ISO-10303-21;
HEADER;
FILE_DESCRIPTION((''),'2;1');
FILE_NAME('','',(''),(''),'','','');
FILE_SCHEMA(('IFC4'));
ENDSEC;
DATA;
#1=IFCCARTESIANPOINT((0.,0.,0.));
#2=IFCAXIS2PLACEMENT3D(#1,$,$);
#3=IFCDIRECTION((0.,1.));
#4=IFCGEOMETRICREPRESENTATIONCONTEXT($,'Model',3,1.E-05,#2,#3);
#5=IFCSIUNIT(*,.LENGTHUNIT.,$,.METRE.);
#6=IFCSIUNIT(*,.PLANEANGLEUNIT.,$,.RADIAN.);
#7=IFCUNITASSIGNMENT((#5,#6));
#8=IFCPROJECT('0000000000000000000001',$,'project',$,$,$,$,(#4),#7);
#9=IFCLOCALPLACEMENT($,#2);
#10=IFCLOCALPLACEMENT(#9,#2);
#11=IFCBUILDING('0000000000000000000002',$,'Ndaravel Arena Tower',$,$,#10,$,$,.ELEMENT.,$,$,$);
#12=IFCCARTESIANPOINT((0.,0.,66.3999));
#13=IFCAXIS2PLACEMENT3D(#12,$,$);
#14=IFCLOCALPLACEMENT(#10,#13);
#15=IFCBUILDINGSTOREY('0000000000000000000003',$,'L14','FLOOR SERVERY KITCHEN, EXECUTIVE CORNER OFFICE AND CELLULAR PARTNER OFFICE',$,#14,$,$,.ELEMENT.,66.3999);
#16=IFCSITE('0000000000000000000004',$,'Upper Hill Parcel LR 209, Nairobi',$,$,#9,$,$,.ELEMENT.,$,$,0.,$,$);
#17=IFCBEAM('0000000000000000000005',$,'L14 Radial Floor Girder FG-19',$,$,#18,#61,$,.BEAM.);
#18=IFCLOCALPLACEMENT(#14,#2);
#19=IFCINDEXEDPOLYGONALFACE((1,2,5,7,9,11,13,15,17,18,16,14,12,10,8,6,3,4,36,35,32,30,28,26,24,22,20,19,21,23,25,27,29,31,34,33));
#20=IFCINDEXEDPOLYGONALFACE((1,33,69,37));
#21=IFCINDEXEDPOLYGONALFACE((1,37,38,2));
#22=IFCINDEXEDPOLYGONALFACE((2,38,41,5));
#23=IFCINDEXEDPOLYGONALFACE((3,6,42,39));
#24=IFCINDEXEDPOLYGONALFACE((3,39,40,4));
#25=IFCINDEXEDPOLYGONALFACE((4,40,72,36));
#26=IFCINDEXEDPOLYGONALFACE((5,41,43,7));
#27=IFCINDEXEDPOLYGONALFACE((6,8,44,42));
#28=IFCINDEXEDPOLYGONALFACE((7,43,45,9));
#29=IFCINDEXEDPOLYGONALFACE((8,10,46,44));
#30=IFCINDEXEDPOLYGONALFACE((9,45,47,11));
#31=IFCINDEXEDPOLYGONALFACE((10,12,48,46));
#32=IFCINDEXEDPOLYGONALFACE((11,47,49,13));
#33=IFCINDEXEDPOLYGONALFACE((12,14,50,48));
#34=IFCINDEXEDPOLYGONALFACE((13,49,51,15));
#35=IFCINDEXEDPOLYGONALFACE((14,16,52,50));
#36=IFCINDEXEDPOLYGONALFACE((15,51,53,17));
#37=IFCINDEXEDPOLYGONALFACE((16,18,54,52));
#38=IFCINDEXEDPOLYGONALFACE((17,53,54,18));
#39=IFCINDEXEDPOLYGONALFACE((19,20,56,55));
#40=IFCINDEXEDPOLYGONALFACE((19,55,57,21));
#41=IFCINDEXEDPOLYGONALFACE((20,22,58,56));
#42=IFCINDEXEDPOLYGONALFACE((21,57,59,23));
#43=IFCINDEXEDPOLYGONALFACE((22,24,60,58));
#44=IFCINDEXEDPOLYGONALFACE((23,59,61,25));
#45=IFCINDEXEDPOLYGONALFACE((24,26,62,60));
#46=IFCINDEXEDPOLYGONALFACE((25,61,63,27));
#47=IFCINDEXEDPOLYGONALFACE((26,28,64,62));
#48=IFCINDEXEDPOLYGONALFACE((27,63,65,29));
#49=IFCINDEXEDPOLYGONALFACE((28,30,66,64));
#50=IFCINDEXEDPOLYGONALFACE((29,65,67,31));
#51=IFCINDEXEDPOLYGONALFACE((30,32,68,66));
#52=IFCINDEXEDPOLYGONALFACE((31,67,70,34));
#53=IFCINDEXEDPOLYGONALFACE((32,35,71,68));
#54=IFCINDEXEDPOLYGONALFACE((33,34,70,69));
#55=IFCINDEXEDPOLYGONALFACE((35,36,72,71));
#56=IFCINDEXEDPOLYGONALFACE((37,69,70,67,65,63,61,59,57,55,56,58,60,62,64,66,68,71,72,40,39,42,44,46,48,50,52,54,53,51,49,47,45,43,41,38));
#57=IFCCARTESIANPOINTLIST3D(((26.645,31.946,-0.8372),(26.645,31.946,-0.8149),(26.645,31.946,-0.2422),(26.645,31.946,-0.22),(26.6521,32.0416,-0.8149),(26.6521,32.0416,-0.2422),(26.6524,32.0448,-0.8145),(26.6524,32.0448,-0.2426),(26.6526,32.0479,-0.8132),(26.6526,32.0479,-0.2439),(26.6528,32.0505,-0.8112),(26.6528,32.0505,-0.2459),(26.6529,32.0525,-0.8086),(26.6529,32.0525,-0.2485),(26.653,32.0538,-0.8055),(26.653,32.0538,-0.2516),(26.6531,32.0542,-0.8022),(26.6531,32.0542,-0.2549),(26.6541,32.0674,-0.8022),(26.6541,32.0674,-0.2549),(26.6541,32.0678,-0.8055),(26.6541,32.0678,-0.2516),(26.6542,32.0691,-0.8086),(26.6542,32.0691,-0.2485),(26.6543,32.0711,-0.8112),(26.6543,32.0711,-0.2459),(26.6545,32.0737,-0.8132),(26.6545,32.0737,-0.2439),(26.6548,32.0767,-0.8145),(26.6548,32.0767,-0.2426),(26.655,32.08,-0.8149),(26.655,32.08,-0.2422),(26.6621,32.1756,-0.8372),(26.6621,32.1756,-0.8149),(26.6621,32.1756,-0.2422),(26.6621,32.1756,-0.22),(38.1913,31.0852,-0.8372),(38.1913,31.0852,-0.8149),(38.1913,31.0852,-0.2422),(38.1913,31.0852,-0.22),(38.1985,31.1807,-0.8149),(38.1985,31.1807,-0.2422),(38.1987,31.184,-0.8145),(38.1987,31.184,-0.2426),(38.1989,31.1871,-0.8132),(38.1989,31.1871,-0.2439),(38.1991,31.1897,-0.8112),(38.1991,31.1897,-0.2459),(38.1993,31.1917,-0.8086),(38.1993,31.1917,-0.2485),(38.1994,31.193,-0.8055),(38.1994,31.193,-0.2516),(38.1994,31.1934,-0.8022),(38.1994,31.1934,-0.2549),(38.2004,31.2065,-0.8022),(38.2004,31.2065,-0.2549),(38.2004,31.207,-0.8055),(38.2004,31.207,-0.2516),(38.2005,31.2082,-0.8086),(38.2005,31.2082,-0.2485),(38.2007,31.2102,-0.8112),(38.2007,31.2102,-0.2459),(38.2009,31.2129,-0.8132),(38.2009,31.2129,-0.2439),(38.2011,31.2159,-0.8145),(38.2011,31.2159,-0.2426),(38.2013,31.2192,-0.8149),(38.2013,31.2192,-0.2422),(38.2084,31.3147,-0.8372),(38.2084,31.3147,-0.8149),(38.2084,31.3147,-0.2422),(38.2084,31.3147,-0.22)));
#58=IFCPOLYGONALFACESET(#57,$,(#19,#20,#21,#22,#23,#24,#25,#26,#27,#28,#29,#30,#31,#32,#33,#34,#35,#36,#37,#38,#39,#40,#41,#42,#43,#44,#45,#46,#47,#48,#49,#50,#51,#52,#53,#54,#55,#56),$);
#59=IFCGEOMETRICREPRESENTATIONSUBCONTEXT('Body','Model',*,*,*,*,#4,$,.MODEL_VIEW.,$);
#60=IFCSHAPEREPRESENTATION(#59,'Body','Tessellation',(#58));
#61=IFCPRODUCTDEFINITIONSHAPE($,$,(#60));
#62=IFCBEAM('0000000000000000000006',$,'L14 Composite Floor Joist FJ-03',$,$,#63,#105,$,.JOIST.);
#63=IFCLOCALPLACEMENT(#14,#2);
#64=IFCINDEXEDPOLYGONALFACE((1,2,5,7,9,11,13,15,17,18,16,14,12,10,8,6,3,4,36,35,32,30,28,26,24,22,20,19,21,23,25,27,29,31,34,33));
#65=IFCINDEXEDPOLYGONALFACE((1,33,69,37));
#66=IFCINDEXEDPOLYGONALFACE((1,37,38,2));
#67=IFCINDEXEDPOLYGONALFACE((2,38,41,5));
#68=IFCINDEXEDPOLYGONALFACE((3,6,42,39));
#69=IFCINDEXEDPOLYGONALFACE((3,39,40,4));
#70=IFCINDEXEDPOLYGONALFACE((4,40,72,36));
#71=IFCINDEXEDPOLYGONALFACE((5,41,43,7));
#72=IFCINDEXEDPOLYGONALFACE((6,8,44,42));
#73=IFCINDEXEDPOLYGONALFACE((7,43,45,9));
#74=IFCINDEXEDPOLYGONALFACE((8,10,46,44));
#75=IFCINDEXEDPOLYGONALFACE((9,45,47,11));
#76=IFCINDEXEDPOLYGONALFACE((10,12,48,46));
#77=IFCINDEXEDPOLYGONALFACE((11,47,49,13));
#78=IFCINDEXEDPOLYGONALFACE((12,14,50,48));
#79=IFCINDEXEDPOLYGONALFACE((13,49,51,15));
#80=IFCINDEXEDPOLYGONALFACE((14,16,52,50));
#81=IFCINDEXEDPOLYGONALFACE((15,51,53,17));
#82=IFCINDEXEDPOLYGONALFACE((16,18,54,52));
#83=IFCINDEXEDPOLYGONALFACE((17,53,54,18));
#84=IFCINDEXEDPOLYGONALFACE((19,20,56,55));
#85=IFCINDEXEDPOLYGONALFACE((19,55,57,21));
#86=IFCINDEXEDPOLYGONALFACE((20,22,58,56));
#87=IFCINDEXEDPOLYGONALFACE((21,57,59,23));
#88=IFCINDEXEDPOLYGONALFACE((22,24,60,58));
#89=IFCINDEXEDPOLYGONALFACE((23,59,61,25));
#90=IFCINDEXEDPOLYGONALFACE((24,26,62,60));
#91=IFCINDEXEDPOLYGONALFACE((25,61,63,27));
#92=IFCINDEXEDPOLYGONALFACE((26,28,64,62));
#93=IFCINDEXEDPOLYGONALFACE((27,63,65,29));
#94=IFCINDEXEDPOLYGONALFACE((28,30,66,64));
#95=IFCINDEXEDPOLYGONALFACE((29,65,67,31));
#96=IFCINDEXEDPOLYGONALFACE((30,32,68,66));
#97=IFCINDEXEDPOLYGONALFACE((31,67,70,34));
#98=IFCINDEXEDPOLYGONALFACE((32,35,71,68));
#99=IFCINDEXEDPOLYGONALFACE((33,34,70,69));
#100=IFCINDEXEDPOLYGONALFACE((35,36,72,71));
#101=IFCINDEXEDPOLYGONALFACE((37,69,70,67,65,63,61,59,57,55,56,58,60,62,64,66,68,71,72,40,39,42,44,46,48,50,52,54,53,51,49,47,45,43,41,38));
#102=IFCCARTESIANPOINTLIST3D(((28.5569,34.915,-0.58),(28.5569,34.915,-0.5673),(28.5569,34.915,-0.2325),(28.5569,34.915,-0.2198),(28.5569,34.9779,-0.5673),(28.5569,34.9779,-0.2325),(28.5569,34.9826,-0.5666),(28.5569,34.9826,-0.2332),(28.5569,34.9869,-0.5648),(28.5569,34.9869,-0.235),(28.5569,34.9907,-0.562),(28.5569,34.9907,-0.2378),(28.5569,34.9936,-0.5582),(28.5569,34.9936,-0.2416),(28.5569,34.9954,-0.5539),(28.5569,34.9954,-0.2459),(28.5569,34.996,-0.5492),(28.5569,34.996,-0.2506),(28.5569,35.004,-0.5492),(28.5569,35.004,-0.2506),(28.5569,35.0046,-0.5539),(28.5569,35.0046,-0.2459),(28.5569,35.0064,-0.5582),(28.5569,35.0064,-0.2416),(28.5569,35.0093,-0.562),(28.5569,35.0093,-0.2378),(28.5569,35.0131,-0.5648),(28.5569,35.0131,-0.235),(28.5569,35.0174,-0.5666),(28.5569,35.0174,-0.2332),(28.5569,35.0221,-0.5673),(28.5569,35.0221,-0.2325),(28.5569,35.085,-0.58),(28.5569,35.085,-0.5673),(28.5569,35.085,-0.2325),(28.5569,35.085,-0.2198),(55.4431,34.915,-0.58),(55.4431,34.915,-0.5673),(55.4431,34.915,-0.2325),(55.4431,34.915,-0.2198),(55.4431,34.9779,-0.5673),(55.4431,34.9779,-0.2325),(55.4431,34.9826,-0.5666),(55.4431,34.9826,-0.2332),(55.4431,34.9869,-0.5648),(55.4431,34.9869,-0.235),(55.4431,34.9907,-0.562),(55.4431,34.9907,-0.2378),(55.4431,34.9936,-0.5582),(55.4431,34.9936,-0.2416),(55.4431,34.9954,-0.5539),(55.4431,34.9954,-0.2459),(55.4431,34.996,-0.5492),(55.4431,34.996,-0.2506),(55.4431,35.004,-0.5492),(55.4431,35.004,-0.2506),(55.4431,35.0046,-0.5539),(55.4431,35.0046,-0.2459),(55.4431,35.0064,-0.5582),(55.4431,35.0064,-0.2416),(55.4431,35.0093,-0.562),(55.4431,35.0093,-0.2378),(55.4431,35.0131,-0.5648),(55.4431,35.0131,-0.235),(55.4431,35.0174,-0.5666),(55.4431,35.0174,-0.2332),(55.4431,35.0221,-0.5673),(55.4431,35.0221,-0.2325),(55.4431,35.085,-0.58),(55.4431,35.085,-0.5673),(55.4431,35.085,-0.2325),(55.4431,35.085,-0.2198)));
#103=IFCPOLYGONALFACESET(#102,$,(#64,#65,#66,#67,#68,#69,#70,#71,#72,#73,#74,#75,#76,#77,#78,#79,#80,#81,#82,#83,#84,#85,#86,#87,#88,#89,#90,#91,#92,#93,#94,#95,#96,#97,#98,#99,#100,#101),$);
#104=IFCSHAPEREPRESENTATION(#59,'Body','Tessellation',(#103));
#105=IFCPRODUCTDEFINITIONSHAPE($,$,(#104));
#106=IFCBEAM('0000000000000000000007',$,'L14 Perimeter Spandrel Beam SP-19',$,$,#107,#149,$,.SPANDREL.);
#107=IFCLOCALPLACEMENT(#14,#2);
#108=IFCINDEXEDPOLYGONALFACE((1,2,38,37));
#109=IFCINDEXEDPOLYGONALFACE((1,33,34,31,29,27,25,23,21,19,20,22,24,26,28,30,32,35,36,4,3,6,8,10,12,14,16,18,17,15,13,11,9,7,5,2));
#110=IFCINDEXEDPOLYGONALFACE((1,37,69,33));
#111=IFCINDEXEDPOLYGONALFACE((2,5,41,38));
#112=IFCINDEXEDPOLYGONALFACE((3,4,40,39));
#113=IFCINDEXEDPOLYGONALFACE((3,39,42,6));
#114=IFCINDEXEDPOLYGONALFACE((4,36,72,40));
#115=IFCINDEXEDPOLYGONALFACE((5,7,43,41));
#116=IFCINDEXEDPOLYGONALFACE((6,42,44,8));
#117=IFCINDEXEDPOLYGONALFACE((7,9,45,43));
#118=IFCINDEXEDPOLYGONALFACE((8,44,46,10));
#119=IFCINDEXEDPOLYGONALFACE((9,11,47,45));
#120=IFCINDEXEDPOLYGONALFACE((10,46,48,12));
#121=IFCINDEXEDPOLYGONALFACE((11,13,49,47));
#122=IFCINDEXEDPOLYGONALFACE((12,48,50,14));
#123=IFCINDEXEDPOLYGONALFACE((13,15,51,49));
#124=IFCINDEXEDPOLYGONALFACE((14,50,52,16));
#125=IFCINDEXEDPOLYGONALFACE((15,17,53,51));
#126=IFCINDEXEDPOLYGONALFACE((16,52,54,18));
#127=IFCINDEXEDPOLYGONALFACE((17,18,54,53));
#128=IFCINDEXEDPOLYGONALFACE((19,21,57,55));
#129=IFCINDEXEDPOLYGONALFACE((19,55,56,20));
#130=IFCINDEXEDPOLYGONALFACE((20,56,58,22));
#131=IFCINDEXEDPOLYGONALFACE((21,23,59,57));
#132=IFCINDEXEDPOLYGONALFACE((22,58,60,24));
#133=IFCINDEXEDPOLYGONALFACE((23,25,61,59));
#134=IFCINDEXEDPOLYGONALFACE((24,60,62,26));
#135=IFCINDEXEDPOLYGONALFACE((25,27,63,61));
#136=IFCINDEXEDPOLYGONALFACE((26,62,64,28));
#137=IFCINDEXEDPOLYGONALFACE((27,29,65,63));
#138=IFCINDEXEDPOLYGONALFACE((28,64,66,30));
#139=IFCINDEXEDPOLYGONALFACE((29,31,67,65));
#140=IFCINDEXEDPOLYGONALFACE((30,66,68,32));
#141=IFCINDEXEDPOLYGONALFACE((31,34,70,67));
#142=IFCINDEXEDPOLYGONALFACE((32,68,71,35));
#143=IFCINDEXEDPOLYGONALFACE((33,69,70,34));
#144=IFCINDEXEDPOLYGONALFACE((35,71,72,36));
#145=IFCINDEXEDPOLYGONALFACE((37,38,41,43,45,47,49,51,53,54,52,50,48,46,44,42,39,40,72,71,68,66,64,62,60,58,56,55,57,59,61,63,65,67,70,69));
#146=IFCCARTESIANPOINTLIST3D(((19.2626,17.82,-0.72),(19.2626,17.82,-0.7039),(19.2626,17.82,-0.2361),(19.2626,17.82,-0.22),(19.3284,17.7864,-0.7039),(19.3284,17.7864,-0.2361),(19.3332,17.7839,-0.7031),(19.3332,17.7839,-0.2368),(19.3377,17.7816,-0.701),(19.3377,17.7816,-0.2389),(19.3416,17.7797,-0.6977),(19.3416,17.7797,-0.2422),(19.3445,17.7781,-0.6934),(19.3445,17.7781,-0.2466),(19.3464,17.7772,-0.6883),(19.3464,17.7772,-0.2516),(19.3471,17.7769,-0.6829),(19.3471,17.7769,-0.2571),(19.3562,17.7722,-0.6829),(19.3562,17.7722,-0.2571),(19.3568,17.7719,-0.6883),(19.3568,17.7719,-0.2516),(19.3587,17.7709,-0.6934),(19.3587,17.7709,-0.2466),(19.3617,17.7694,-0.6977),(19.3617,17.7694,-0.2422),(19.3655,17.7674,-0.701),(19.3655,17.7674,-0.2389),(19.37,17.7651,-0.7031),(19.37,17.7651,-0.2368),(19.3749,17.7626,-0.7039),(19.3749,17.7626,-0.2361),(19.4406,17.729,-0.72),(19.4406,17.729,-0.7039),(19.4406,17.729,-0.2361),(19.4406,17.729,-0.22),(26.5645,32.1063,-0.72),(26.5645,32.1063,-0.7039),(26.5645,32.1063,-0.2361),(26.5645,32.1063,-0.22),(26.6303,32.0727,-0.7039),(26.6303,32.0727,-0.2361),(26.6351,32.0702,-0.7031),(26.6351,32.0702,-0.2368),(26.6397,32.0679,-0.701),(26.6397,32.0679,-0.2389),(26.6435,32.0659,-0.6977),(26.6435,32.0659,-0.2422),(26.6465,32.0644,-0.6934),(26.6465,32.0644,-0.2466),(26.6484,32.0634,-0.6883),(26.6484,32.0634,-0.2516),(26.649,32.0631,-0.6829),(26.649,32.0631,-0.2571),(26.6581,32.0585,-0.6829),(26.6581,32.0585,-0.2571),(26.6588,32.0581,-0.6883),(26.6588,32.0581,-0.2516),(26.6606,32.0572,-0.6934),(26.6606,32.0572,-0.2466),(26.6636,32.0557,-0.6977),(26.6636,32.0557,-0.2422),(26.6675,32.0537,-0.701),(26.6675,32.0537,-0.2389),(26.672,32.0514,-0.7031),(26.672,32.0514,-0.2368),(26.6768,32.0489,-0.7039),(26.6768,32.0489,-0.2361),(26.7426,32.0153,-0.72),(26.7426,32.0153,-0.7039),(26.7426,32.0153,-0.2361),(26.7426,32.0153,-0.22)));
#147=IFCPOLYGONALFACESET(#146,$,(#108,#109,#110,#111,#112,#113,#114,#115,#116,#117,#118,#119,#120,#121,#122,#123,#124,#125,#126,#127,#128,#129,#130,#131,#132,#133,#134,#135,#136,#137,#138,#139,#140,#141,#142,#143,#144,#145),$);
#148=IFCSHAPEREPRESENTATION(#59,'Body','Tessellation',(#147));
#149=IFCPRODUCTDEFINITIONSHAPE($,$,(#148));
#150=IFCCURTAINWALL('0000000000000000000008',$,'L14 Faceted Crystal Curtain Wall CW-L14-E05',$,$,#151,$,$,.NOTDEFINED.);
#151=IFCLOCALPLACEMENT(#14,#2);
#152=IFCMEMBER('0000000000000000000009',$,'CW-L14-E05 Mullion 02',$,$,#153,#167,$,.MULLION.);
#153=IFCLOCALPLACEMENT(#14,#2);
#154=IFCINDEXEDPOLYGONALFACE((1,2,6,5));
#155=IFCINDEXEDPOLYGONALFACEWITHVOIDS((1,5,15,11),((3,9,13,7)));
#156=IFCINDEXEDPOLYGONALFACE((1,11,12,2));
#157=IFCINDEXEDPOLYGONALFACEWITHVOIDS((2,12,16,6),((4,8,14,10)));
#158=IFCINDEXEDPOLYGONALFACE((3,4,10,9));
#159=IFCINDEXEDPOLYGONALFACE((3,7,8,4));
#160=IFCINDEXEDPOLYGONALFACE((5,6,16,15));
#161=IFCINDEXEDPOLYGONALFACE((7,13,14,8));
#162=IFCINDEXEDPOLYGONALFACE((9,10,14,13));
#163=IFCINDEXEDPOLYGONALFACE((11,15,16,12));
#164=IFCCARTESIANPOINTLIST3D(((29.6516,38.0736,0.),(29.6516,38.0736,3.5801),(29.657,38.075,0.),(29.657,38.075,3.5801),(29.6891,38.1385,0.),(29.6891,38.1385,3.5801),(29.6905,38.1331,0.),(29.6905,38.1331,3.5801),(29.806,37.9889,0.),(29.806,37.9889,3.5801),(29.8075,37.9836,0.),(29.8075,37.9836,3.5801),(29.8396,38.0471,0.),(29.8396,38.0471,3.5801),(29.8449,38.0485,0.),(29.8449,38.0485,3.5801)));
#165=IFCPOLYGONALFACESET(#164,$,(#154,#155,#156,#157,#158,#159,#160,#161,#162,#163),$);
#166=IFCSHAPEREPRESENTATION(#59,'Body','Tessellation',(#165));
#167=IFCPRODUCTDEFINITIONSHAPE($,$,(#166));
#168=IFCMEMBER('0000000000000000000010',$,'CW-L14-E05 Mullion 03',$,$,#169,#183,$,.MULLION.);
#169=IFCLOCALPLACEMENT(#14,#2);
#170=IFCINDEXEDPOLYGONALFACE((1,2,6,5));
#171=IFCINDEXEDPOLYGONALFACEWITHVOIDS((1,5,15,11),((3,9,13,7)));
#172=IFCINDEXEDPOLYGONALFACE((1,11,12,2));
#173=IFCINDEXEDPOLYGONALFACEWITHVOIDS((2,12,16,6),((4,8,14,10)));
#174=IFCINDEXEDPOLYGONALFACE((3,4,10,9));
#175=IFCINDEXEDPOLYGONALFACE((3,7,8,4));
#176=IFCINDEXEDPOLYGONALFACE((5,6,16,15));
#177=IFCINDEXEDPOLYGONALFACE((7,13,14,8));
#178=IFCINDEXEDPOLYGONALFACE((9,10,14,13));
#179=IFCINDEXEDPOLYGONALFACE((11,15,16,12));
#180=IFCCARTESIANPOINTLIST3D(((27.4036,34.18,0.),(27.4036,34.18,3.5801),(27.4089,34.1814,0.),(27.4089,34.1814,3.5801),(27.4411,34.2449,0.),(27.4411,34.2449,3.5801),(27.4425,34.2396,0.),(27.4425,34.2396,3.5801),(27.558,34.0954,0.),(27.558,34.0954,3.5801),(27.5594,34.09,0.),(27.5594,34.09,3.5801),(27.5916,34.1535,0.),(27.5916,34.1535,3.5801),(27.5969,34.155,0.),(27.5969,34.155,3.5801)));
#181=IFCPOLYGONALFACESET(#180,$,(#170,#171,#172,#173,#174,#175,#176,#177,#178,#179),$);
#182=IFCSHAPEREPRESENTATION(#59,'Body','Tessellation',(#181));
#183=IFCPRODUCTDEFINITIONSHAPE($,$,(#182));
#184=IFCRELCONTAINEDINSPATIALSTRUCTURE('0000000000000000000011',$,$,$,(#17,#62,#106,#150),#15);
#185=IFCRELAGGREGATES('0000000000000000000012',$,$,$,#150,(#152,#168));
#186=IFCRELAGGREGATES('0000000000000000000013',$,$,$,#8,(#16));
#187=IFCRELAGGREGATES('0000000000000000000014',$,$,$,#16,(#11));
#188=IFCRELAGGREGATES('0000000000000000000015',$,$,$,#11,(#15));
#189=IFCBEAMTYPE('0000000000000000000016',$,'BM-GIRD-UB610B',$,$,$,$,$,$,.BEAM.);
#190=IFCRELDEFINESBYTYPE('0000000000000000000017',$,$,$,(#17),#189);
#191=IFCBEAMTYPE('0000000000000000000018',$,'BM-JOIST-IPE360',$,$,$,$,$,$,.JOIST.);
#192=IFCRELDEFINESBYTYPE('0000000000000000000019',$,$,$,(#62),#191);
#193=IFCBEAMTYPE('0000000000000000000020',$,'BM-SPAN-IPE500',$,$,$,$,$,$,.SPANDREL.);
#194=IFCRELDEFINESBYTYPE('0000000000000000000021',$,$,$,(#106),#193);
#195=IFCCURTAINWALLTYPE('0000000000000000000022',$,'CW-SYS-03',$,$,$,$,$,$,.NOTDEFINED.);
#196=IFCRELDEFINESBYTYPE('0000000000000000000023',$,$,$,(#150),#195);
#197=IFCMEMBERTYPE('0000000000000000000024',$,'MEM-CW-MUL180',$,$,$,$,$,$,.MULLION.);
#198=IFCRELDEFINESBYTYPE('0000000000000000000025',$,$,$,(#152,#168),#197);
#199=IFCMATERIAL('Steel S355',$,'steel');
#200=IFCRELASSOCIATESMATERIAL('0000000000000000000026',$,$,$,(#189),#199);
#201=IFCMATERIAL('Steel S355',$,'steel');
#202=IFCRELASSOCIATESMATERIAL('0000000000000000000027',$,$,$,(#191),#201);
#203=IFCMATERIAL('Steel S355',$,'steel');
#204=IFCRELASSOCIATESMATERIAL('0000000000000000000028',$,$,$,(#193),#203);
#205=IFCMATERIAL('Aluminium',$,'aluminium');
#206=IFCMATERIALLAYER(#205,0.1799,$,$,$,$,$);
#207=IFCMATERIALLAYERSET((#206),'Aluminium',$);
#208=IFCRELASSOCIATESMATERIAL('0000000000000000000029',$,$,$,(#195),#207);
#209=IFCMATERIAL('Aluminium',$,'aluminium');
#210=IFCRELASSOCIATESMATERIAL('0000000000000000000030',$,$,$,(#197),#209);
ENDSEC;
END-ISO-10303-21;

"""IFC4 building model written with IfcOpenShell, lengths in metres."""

from ifc_helpers import new_model, si_unit, direction, frame, origin, origin_2d, place, context, subcontext, project, spatial, hollow_rectangle, i_section, extrude, material, layer, layer_set, material_profile, profile_set, type_object, element, aggregate, save


model = new_model("IFC4")

# Units and contexts
model_context = context("Model", 3, precision=1e-05, world=origin(), true_north=direction((0.0, 1.0)))
body_context = subcontext(model_context, "Body", "Model", "MODEL_VIEW")
ifc_project = project(units=[si_unit("LENGTHUNIT", "METRE"), si_unit("PLANEANGLEUNIT", "RADIAN")], contexts=[model_context])

# Site, building, storey
site_placement = place(None, origin())
site = spatial("IfcSite", under=ifc_project, at=site_placement, Name="Upper Hill Parcel LR 209, Nairobi", CompositionType="ELEMENT", RefElevation=0.0)
building_placement = place(site_placement, origin())
building = spatial("IfcBuilding", under=site, at=building_placement, Name="Ndaravel Arena Tower", CompositionType="ELEMENT")
storey_placement = place(building_placement, frame((0.0, 0.0, 66.3999)))
storey = spatial("IfcBuildingStorey", under=building, at=storey_placement, Name="L14", Description="FLOOR SERVERY KITCHEN, EXECUTIVE CORNER OFFICE AND CELLULAR PARTNER OFFICE", CompositionType="ELEMENT", Elevation=66.3999)

# Beams
ifc_material_1 = material(Name="Steel S355", Category="steel")
ifc_material_profile_1 = material_profile(ifc_material_1, i_section(OverallWidth=0.2302, OverallDepth=0.6172, WebThickness=0.0132, FlangeThickness=0.0222, FilletRadius=0.0127, at=origin_2d()), Name="UB 610x229x140")
ifc_profile_set_1 = profile_set([ifc_material_profile_1], Name="Steel S355")
beam_type_1 = type_object("IfcBeamType", Name="BM-GIRD-UB610B", PredefinedType="BEAM", material=ifc_profile_set_1)
beam_1_placement = place(storey_placement, frame((26.6536, 32.0608, -0.5286), z_axis=(0.997232, -0.074349, 0.0), x_axis=(0.074349, 0.997232, 0.0)))
element("IfcBeam", 1, at=beam_1_placement, inside=storey, type_object=beam_type_1, Name="L14 Radial Floor Girder FG-19", PredefinedType="BEAM", context=body_context, shape_type="SweptSolid", body=[
    extrude(i_section(OverallWidth=0.2302, OverallDepth=0.6172, WebThickness=0.0132, FlangeThickness=0.0222, FilletRadius=0.0127, at=origin_2d()), origin(), (0.0, 0.0, 1.0), 11.5784),
])
ifc_material_2 = material(Name="Steel S355", Category="steel")
ifc_material_profile_2 = material_profile(ifc_material_2, i_section(OverallWidth=0.1699, OverallDepth=0.3601, WebThickness=0.0081, FlangeThickness=0.0127, FilletRadius=0.0181, at=origin_2d()), Name="IPE 360")
ifc_profile_set_2 = profile_set([ifc_material_profile_2], Name="Steel S355")
beam_type_2 = type_object("IfcBeamType", Name="BM-JOIST-IPE360", PredefinedType="JOIST", material=ifc_profile_set_2)
beam_2_placement = place(storey_placement, frame((28.5569, 35.0, -0.3999), z_axis=(1.0, 0.0, 0.0), x_axis=(0.0, 1.0, 0.0)))
element("IfcBeam", 2, at=beam_2_placement, inside=storey, type_object=beam_type_2, Name="L14 Composite Floor Joist FJ-03", PredefinedType="JOIST", context=body_context, shape_type="SweptSolid", body=[
    extrude(i_section(OverallWidth=0.1699, OverallDepth=0.3601, WebThickness=0.0081, FlangeThickness=0.0127, FilletRadius=0.0181, at=origin_2d()), origin(), (0.0, 0.0, 1.0), 26.8862),
])
ifc_material_3 = material(Name="Steel S355", Category="steel")
ifc_material_profile_3 = material_profile(ifc_material_3, i_section(OverallWidth=0.2, OverallDepth=0.5, WebThickness=0.0103, FlangeThickness=0.0161, FilletRadius=0.021, at=origin_2d()), Name="IPE 500")
ifc_profile_set_3 = profile_set([ifc_material_profile_3], Name="Steel S355")
beam_type_3 = type_object("IfcBeamType", Name="BM-SPAN-IPE500", PredefinedType="SPANDREL", material=ifc_profile_set_3)
beam_3_placement = place(storey_placement, frame((26.6536, 32.0608, -0.47), z_axis=(-0.455115, -0.890433, 0.0), x_axis=(0.890433, -0.455115, 0.0)))
element("IfcBeam", 3, at=beam_3_placement, inside=storey, type_object=beam_type_3, Name="L14 Perimeter Spandrel Beam SP-19", PredefinedType="SPANDREL", context=body_context, shape_type="SweptSolid", body=[
    extrude(i_section(OverallWidth=0.2, OverallDepth=0.5, WebThickness=0.0103, FlangeThickness=0.0161, FilletRadius=0.021, at=origin_2d()), origin(), (0.0, 0.0, 1.0), 16.0442),
])

# Curtain wall, members
ifc_material_4 = material(Name="Aluminium", Category="aluminium")
ifc_layer_1 = layer(ifc_material_4, 0.1799)
ifc_layer_set_1 = layer_set([ifc_layer_1], Name="Aluminium")
curtain_wall_type = type_object("IfcCurtainWallType", Name="CW-SYS-03", PredefinedType="NOTDEFINED", material=ifc_layer_set_1)
curtain_wall_placement = place(storey_placement, origin())
curtain_wall = element("IfcCurtainWall", 4, at=curtain_wall_placement, inside=storey, type_object=curtain_wall_type, Name="L14 Faceted Crystal Curtain Wall CW-L14-E05", PredefinedType="NOTDEFINED")
ifc_material_5 = material(Name="Aluminium", Category="aluminium")
ifc_material_profile_4 = material_profile(ifc_material_5, hollow_rectangle(XDim=0.075, YDim=0.1799, WallThickness=0.0039, at=origin_2d()), Name="CW MULLION 75x180x4")
ifc_profile_set_4 = profile_set([ifc_material_profile_4], Name="Aluminium")
member_type = type_object("IfcMemberType", Name="MEM-CW-MUL180", PredefinedType="MULLION", material=ifc_profile_set_4)
member_1_placement = place(storey_placement, frame((29.7483, 38.061, 0.0), z_axis=(0.0, 0.0, 1.0), x_axis=(-0.5, -0.866025, 0.0)))
member_1 = element("IfcMember", 5, at=member_1_placement, type_object=member_type, Name="CW-L14-E05 Mullion 02", PredefinedType="MULLION", context=body_context, shape_type="SweptSolid", body=[
    extrude(hollow_rectangle(XDim=0.075, YDim=0.1799, WallThickness=0.0039, at=origin_2d()), origin(), (0.0, 0.0, 1.0), 3.5801),
])
member_2_placement = place(storey_placement, frame((27.5002, 34.1675, 0.0), z_axis=(0.0, 0.0, 1.0), x_axis=(-0.5, -0.866025, 0.0)))
member_2 = element("IfcMember", 6, at=member_2_placement, type_object=member_type, Name="CW-L14-E05 Mullion 03", PredefinedType="MULLION", context=body_context, shape_type="SweptSolid", body=[
    extrude(hollow_rectangle(XDim=0.075, YDim=0.1799, WallThickness=0.0039, at=origin_2d()), origin(), (0.0, 0.0, 1.0), 3.5801),
])
aggregate(curtain_wall, [member_1, member_2])

save(model, "model.ifc")
